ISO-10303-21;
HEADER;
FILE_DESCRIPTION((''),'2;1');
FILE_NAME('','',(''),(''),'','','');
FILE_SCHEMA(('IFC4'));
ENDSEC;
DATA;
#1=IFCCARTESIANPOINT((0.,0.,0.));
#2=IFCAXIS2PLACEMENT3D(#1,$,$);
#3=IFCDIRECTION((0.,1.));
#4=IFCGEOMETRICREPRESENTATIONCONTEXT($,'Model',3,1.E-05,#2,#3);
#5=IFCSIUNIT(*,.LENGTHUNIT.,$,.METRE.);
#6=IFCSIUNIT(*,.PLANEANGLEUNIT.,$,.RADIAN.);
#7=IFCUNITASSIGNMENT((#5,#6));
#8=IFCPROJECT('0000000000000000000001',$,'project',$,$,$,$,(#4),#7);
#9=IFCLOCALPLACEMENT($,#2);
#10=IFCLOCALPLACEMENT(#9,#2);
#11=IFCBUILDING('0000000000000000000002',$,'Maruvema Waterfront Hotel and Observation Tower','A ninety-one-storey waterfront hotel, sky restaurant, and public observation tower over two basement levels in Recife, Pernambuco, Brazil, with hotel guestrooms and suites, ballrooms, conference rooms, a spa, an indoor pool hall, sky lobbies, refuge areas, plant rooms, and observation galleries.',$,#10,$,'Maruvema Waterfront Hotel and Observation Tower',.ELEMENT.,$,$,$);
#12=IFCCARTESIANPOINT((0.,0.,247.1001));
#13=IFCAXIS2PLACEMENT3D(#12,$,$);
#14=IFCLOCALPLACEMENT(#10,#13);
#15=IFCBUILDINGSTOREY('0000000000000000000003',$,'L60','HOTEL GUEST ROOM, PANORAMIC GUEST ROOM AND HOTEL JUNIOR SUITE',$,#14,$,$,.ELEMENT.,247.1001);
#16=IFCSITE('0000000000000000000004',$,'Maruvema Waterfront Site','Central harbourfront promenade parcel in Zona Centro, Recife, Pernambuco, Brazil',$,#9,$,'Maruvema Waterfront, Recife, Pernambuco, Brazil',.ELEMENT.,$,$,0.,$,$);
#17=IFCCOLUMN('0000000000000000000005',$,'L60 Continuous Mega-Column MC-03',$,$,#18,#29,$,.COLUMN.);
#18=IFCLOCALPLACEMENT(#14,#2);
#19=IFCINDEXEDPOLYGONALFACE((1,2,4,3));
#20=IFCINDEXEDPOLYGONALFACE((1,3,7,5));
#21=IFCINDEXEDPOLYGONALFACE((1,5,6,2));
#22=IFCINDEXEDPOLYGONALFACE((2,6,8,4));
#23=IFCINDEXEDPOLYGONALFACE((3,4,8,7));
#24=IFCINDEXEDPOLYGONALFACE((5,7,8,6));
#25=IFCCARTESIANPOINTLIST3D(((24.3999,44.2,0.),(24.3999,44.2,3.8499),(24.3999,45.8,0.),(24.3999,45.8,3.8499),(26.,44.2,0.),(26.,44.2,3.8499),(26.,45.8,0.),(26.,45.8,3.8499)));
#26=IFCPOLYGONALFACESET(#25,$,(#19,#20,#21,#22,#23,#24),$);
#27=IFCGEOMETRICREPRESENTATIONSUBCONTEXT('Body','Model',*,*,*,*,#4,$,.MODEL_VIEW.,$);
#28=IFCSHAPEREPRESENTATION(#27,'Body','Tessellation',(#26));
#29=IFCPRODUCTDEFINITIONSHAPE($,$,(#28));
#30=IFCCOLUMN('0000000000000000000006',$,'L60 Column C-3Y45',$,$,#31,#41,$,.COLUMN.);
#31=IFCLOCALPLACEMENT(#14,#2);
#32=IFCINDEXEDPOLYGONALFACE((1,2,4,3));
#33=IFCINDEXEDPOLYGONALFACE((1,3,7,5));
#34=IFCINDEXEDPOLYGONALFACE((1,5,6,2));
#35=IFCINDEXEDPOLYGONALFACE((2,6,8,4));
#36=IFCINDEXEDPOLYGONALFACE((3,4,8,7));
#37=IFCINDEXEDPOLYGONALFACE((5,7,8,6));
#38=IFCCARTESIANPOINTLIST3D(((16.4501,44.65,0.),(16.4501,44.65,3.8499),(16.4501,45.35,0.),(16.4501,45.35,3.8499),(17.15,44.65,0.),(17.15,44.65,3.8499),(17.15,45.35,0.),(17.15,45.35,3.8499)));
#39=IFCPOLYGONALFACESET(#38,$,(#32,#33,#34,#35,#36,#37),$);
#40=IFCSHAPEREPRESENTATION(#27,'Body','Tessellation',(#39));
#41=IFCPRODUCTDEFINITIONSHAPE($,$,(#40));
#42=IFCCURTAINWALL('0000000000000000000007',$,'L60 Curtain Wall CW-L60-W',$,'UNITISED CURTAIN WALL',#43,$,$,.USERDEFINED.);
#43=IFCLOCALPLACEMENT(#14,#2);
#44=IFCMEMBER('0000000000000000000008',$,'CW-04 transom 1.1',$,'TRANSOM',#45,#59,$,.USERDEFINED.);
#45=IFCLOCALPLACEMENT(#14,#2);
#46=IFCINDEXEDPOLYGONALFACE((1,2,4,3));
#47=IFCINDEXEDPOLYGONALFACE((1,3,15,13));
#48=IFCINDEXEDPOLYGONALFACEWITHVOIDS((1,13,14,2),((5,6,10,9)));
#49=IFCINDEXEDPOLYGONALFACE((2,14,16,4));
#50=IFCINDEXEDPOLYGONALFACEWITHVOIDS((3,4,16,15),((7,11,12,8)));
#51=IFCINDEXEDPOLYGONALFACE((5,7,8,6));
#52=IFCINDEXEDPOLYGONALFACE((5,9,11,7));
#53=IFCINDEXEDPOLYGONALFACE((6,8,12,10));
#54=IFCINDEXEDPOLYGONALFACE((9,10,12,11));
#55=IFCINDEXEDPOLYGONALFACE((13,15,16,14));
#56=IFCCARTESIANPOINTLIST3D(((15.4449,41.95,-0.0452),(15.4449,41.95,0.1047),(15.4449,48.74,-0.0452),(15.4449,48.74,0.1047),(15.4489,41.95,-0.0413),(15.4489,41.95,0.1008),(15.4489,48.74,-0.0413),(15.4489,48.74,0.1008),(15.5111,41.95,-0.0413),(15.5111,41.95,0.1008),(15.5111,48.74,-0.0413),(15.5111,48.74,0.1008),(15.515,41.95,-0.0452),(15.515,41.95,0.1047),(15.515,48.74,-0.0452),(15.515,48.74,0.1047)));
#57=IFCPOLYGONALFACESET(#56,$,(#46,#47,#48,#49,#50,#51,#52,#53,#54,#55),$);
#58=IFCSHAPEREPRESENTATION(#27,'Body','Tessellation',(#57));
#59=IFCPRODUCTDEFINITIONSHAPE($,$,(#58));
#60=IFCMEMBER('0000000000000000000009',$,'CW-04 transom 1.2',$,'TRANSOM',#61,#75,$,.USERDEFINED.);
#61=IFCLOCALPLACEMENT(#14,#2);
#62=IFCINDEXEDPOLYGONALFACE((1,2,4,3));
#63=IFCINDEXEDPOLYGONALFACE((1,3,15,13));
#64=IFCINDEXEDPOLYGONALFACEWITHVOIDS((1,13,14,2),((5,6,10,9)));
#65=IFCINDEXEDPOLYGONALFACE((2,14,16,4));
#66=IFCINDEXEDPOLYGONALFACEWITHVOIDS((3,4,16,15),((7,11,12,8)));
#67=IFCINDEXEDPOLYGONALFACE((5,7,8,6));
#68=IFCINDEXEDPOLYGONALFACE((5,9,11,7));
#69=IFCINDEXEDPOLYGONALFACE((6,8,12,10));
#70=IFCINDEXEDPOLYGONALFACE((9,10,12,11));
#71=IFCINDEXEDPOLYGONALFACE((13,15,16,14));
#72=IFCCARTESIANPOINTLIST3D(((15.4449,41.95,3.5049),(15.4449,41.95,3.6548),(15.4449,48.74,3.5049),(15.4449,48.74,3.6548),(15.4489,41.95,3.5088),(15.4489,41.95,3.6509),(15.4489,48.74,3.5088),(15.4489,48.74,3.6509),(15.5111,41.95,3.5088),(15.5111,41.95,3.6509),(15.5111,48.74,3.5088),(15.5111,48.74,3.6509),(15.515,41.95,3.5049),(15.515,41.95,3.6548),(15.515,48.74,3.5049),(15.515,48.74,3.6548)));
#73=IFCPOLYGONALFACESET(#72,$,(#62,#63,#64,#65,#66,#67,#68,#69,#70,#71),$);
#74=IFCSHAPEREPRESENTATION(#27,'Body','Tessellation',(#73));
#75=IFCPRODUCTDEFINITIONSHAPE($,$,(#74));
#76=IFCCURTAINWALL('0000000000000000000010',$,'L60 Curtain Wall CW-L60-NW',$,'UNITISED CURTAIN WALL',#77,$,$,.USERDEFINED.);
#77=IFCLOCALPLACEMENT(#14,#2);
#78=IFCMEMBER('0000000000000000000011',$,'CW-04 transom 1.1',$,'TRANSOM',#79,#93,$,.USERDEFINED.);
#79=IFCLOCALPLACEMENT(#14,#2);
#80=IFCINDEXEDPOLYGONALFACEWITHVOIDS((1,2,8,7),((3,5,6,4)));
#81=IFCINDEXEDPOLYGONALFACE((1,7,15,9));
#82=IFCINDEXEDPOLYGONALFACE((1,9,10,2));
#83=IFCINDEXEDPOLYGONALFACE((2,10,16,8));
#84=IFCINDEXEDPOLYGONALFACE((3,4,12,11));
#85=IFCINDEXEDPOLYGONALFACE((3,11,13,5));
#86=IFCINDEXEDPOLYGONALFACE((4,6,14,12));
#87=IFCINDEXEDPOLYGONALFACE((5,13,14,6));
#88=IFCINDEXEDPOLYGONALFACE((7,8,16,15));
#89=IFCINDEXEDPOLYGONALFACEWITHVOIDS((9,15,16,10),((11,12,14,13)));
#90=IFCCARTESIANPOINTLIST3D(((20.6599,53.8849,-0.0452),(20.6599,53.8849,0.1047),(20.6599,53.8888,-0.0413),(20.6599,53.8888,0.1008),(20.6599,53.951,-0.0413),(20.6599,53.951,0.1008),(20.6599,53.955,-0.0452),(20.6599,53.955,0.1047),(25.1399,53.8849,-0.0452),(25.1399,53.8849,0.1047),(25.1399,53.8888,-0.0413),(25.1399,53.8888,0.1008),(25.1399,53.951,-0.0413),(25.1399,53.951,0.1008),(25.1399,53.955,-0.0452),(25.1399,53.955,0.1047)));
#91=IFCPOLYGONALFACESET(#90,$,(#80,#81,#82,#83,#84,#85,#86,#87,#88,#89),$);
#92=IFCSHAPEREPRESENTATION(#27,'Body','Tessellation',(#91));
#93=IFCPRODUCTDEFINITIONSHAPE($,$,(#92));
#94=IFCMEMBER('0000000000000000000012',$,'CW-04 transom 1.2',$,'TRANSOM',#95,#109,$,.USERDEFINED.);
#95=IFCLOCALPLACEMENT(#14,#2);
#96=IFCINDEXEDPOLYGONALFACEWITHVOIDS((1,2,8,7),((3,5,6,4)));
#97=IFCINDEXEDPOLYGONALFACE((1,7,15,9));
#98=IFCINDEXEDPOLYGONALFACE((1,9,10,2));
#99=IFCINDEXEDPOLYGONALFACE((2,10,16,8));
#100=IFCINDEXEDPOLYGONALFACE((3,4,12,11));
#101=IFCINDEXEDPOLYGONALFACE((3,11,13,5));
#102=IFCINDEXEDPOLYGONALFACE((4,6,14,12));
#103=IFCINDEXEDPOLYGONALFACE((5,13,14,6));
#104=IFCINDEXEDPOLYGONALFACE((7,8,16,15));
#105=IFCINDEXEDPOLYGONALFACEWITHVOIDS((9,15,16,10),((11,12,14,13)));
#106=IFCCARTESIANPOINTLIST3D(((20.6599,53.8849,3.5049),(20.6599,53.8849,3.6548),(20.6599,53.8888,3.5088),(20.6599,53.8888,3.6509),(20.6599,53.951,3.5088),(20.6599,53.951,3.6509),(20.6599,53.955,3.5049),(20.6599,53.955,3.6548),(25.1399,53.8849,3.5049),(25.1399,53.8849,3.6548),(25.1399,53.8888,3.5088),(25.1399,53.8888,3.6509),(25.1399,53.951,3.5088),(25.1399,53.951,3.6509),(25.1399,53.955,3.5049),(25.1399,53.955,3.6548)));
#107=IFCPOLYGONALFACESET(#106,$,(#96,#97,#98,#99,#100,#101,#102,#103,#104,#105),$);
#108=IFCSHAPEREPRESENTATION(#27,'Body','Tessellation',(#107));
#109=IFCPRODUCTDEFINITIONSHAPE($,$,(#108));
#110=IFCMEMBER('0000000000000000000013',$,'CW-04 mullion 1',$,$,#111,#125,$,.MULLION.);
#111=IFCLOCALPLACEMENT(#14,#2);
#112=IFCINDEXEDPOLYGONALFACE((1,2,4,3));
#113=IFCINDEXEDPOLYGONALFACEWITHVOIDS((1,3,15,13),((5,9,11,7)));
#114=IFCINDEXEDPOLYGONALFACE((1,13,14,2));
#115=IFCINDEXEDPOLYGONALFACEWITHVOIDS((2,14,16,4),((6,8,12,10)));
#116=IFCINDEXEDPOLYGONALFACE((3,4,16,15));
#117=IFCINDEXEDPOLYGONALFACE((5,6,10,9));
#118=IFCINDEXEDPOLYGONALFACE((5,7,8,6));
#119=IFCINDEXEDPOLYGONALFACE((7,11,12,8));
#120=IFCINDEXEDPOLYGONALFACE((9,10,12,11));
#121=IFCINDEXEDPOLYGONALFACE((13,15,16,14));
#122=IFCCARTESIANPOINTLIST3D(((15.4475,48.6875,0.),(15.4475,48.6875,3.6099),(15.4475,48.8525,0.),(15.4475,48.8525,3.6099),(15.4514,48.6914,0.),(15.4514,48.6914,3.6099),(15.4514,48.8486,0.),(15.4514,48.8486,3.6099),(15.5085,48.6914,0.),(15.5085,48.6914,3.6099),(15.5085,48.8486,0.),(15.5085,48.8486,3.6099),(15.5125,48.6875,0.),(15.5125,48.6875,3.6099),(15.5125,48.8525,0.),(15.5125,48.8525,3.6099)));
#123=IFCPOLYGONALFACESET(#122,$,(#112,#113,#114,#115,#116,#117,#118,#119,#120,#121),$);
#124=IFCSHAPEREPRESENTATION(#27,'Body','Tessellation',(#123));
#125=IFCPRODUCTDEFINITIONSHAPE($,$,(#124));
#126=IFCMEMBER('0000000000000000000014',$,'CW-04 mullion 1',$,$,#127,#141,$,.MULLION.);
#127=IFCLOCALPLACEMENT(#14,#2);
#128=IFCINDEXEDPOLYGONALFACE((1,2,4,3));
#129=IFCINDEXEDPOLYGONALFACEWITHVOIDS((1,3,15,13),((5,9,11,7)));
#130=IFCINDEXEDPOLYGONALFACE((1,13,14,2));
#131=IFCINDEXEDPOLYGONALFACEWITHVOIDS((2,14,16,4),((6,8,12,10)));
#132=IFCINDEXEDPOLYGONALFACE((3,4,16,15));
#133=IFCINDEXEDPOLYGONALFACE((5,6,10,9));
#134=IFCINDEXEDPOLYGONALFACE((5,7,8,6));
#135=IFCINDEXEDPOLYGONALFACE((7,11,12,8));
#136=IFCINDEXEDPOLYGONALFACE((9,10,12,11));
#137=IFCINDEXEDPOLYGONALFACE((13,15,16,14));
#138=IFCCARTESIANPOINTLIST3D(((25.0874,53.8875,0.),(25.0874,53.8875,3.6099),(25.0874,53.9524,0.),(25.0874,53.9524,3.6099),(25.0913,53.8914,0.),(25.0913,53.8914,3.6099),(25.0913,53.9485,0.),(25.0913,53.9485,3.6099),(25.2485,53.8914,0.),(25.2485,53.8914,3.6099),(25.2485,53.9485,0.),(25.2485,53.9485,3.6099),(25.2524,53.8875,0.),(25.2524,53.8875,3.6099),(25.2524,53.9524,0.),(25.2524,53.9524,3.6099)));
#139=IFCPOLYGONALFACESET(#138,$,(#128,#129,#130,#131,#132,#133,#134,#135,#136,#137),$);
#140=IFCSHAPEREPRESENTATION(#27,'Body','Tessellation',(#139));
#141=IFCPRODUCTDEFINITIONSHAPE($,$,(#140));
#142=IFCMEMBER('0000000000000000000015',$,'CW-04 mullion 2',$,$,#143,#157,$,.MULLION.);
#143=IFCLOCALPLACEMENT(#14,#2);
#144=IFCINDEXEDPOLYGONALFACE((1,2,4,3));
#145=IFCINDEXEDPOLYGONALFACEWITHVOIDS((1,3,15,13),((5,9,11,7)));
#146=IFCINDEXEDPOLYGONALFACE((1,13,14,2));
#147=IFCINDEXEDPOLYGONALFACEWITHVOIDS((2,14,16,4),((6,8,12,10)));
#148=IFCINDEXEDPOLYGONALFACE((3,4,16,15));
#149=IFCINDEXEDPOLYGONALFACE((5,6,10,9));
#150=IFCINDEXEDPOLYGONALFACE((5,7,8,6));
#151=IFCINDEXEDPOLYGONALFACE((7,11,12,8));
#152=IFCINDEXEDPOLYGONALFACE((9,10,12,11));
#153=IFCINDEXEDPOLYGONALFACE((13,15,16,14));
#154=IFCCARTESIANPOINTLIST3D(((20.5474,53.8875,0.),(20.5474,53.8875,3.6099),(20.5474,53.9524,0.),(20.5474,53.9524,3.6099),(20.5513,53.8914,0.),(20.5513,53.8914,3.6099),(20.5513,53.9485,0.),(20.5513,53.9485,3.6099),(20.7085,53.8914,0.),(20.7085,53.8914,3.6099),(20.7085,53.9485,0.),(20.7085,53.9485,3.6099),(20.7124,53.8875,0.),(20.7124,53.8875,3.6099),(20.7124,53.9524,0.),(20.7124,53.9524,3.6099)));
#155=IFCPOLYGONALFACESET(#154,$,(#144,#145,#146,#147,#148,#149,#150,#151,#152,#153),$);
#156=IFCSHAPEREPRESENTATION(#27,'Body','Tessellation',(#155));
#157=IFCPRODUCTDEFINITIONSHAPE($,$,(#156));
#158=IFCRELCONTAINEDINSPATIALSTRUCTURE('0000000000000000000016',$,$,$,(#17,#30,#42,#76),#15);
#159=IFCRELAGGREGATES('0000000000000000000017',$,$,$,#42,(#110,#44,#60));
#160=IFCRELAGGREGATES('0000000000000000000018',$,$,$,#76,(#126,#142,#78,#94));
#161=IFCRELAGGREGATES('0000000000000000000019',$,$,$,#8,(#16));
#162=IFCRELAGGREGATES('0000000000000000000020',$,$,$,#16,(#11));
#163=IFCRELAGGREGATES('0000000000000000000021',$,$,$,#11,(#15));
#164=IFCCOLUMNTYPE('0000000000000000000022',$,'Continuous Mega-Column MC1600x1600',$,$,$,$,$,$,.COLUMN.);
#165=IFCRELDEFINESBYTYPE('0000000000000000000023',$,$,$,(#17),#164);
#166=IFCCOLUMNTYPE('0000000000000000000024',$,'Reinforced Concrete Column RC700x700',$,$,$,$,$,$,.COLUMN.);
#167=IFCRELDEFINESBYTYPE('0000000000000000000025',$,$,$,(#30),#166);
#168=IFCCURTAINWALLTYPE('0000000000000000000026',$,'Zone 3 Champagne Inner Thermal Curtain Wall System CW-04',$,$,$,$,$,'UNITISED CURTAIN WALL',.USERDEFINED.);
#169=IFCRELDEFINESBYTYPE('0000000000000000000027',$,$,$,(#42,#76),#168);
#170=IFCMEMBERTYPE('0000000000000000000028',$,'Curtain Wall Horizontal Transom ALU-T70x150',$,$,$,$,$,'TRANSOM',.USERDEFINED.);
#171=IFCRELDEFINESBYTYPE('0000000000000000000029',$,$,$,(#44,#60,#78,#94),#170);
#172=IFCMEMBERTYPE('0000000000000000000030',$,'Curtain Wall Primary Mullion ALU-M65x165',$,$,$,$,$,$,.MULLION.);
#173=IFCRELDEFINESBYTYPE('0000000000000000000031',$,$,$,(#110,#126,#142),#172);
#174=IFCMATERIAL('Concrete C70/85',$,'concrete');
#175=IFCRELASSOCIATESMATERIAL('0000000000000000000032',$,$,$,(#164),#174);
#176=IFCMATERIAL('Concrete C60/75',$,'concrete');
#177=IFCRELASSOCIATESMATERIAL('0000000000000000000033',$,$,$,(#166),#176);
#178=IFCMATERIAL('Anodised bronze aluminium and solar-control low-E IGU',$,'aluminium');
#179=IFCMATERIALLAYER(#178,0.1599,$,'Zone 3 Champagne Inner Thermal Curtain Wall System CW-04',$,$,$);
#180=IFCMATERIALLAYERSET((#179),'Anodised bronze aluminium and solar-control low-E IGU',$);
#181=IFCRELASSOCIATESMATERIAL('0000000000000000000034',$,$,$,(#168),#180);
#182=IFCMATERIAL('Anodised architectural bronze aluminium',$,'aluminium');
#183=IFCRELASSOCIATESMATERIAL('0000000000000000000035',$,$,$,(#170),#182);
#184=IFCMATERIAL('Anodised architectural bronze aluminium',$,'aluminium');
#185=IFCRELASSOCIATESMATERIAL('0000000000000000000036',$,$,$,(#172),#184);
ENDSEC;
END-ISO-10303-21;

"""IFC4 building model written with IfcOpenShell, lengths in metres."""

from ifc_helpers import new_model, si_unit, direction, frame, origin, origin_2d, place, context, subcontext, project, spatial, rectangle, hollow_rectangle, extrude, material, layer, layer_set, material_profile, profile_set, type_object, element, aggregate, save


model = new_model("IFC4")

# Units and contexts
model_context = context("Model", 3, precision=1e-05, world=origin(), true_north=direction((0.0, 1.0)))
body_context = subcontext(model_context, "Body", "Model", "MODEL_VIEW")
ifc_project = project(units=[si_unit("LENGTHUNIT", "METRE"), si_unit("PLANEANGLEUNIT", "RADIAN")], contexts=[model_context])

# Site, building, storey
site_placement = place(None, origin())
site = spatial("IfcSite", under=ifc_project, at=site_placement, Name="Maruvema Waterfront Site", Description="Central harbourfront promenade parcel in Zona Centro, Recife, Pernambuco, Brazil", LongName="Maruvema Waterfront, Recife, Pernambuco, Brazil", CompositionType="ELEMENT", RefElevation=0.0)
building_placement = place(site_placement, origin())
building = spatial("IfcBuilding", under=site, at=building_placement, Name="Maruvema Waterfront Hotel and Observation Tower", Description="A ninety-one-storey waterfront hotel, sky restaurant, and public observation tower over two basement levels in Recife, Pernambuco, Brazil, with hotel guestrooms and suites, ballrooms, conference rooms, a spa, an indoor pool hall, sky lobbies, refuge areas, plant rooms, and observation galleries.", LongName="Maruvema Waterfront Hotel and Observation Tower", CompositionType="ELEMENT")
storey_placement = place(building_placement, frame((0.0, 0.0, 247.1001)))
storey = spatial("IfcBuildingStorey", under=building, at=storey_placement, Name="L60", Description="HOTEL GUEST ROOM, PANORAMIC GUEST ROOM AND HOTEL JUNIOR SUITE", CompositionType="ELEMENT", Elevation=247.1001)

# Columns
ifc_material_1 = material(Name="Concrete C70/85", Category="concrete")
ifc_material_profile_1 = material_profile(ifc_material_1, rectangle(XDim=1.6001, YDim=1.6001, at=origin_2d()), Name="MC1600x1600")
ifc_profile_set_1 = profile_set([ifc_material_profile_1], Name="Concrete C70/85")
column_type_1 = type_object("IfcColumnType", Name="Continuous Mega-Column MC1600x1600", PredefinedType="COLUMN", material=ifc_profile_set_1)
column_1_placement = place(storey_placement, frame((25.2, 45.0, 0.0), z_axis=(0.0, 0.0, 1.0), x_axis=(1.0, 0.0, 0.0)))
element("IfcColumn", 1, at=column_1_placement, inside=storey, type_object=column_type_1, Name="L60 Continuous Mega-Column MC-03", PredefinedType="COLUMN", context=body_context, shape_type="SweptSolid", body=[
    extrude(rectangle(XDim=1.6001, YDim=1.6001, at=origin_2d()), origin(), (0.0, 0.0, 1.0), 3.8499),
])
ifc_material_2 = material(Name="Concrete C60/75", Category="concrete")
ifc_material_profile_2 = material_profile(ifc_material_2, rectangle(XDim=0.7, YDim=0.7, at=origin_2d()), Name="RC700x700")
ifc_profile_set_2 = profile_set([ifc_material_profile_2], Name="Concrete C60/75")
column_type_2 = type_object("IfcColumnType", Name="Reinforced Concrete Column RC700x700", PredefinedType="COLUMN", material=ifc_profile_set_2)
column_2_placement = place(storey_placement, frame((16.8, 45.0, 0.0), z_axis=(0.0, 0.0, 1.0), x_axis=(1.0, 0.0, 0.0)))
element("IfcColumn", 2, at=column_2_placement, inside=storey, type_object=column_type_2, Name="L60 Column C-3Y45", PredefinedType="COLUMN", context=body_context, shape_type="SweptSolid", body=[
    extrude(rectangle(XDim=0.7, YDim=0.7, at=origin_2d()), origin(), (0.0, 0.0, 1.0), 3.8499),
])

# Curtain walls, members
ifc_material_3 = material(Name="Anodised bronze aluminium and solar-control low-E IGU", Category="aluminium")
ifc_layer_1 = layer(ifc_material_3, 0.1599, Name="Zone 3 Champagne Inner Thermal Curtain Wall System CW-04")
ifc_layer_set_1 = layer_set([ifc_layer_1], Name="Anodised bronze aluminium and solar-control low-E IGU")
curtain_wall_type = type_object("IfcCurtainWallType", Name="Zone 3 Champagne Inner Thermal Curtain Wall System CW-04", ElementType="UNITISED CURTAIN WALL", PredefinedType="USERDEFINED", material=ifc_layer_set_1)
curtain_wall_1_placement = place(storey_placement, origin())
curtain_wall_1 = element("IfcCurtainWall", 3, at=curtain_wall_1_placement, inside=storey, type_object=curtain_wall_type, Name="L60 Curtain Wall CW-L60-W", ObjectType="UNITISED CURTAIN WALL", PredefinedType="USERDEFINED")
ifc_material_4 = material(Name="Anodised architectural bronze aluminium", Category="aluminium")
ifc_material_profile_3 = material_profile(ifc_material_4, hollow_rectangle(XDim=0.0701, YDim=0.1499, WallThickness=0.0039, at=origin_2d()), Name="ALU-T70x150")
ifc_profile_set_3 = profile_set([ifc_material_profile_3], Name="Anodised architectural bronze aluminium")
member_type_1 = type_object("IfcMemberType", Name="Curtain Wall Horizontal Transom ALU-T70x150", ElementType="TRANSOM", PredefinedType="USERDEFINED", material=ifc_profile_set_3)
member_1_placement = place(storey_placement, frame((15.48, 48.74, 0.0298), z_axis=(0.0, -1.0, 0.0), x_axis=(1.0, 0.0, 0.0)))
member_1 = element("IfcMember", 4, at=member_1_placement, type_object=member_type_1, Name="CW-04 transom 1.1", ObjectType="TRANSOM", PredefinedType="USERDEFINED", context=body_context, shape_type="SweptSolid", body=[
    extrude(hollow_rectangle(XDim=0.0701, YDim=0.1499, WallThickness=0.0039, at=origin_2d()), origin(), (0.0, 0.0, 1.0), 6.79),
])
member_2_placement = place(storey_placement, frame((15.48, 48.74, 3.5798), z_axis=(0.0, -1.0, 0.0), x_axis=(1.0, 0.0, 0.0)))
member_2 = element("IfcMember", 5, at=member_2_placement, type_object=member_type_1, Name="CW-04 transom 1.2", ObjectType="TRANSOM", PredefinedType="USERDEFINED", context=body_context, shape_type="SweptSolid", body=[
    extrude(hollow_rectangle(XDim=0.0701, YDim=0.1499, WallThickness=0.0039, at=origin_2d()), origin(), (0.0, 0.0, 1.0), 6.79),
])
curtain_wall_2_placement = place(storey_placement, origin())
curtain_wall_2 = element("IfcCurtainWall", 6, at=curtain_wall_2_placement, inside=storey, type_object=curtain_wall_type, Name="L60 Curtain Wall CW-L60-NW", ObjectType="UNITISED CURTAIN WALL", PredefinedType="USERDEFINED")
member_3_placement = place(storey_placement, frame((25.1399, 53.9199, 0.0298), z_axis=(-1.0, 0.0, 0.0), x_axis=(0.0, -1.0, 0.0)))
member_3 = element("IfcMember", 7, at=member_3_placement, type_object=member_type_1, Name="CW-04 transom 1.1", ObjectType="TRANSOM", PredefinedType="USERDEFINED", context=body_context, shape_type="SweptSolid", body=[
    extrude(hollow_rectangle(XDim=0.0701, YDim=0.1499, WallThickness=0.0039, at=origin_2d()), origin(), (0.0, 0.0, 1.0), 4.48),
])
member_4_placement = place(storey_placement, frame((25.1399, 53.9199, 3.5798), z_axis=(-1.0, 0.0, 0.0), x_axis=(0.0, -1.0, 0.0)))
member_4 = element("IfcMember", 8, at=member_4_placement, type_object=member_type_1, Name="CW-04 transom 1.2", ObjectType="TRANSOM", PredefinedType="USERDEFINED", context=body_context, shape_type="SweptSolid", body=[
    extrude(hollow_rectangle(XDim=0.0701, YDim=0.1499, WallThickness=0.0039, at=origin_2d()), origin(), (0.0, 0.0, 1.0), 4.48),
])

# Members
ifc_material_5 = material(Name="Anodised architectural bronze aluminium", Category="aluminium")
ifc_material_profile_4 = material_profile(ifc_material_5, hollow_rectangle(XDim=0.0649, YDim=0.165, WallThickness=0.0039, at=origin_2d()), Name="ALU-M65x165")
ifc_profile_set_4 = profile_set([ifc_material_profile_4], Name="Anodised architectural bronze aluminium")
member_type_2 = type_object("IfcMemberType", Name="Curtain Wall Primary Mullion ALU-M65x165", PredefinedType="MULLION", material=ifc_profile_set_4)
member_5_placement = place(storey_placement, frame((15.48, 48.77, 0.0), z_axis=(0.0, 0.0, 1.0), x_axis=(1.0, 0.0, 0.0)))
member_5 = element("IfcMember", 9, at=member_5_placement, type_object=member_type_2, Name="CW-04 mullion 1", PredefinedType="MULLION", context=body_context, shape_type="SweptSolid", body=[
    extrude(hollow_rectangle(XDim=0.0649, YDim=0.165, WallThickness=0.0039, at=origin_2d()), origin(), (0.0, 0.0, 1.0), 3.6099),
])
member_6_placement = place(storey_placement, frame((25.1699, 53.9199, 0.0), z_axis=(0.0, 0.0, 1.0), x_axis=(0.0, -1.0, 0.0)))
member_6 = element("IfcMember", 10, at=member_6_placement, type_object=member_type_2, Name="CW-04 mullion 1", PredefinedType="MULLION", context=body_context, shape_type="SweptSolid", body=[
    extrude(hollow_rectangle(XDim=0.0649, YDim=0.165, WallThickness=0.0039, at=origin_2d()), origin(), (0.0, 0.0, 1.0), 3.6099),
])
member_7_placement = place(storey_placement, frame((20.6299, 53.9199, 0.0), z_axis=(0.0, 0.0, 1.0), x_axis=(0.0, -1.0, 0.0)))
member_7 = element("IfcMember", 11, at=member_7_placement, type_object=member_type_2, Name="CW-04 mullion 2", PredefinedType="MULLION", context=body_context, shape_type="SweptSolid", body=[
    extrude(hollow_rectangle(XDim=0.0649, YDim=0.165, WallThickness=0.0039, at=origin_2d()), origin(), (0.0, 0.0, 1.0), 3.6099),
])

aggregate(curtain_wall_1, [member_5, member_1, member_2])
aggregate(curtain_wall_2, [member_6, member_7, member_3, member_4])

save(model, "model.ifc")
